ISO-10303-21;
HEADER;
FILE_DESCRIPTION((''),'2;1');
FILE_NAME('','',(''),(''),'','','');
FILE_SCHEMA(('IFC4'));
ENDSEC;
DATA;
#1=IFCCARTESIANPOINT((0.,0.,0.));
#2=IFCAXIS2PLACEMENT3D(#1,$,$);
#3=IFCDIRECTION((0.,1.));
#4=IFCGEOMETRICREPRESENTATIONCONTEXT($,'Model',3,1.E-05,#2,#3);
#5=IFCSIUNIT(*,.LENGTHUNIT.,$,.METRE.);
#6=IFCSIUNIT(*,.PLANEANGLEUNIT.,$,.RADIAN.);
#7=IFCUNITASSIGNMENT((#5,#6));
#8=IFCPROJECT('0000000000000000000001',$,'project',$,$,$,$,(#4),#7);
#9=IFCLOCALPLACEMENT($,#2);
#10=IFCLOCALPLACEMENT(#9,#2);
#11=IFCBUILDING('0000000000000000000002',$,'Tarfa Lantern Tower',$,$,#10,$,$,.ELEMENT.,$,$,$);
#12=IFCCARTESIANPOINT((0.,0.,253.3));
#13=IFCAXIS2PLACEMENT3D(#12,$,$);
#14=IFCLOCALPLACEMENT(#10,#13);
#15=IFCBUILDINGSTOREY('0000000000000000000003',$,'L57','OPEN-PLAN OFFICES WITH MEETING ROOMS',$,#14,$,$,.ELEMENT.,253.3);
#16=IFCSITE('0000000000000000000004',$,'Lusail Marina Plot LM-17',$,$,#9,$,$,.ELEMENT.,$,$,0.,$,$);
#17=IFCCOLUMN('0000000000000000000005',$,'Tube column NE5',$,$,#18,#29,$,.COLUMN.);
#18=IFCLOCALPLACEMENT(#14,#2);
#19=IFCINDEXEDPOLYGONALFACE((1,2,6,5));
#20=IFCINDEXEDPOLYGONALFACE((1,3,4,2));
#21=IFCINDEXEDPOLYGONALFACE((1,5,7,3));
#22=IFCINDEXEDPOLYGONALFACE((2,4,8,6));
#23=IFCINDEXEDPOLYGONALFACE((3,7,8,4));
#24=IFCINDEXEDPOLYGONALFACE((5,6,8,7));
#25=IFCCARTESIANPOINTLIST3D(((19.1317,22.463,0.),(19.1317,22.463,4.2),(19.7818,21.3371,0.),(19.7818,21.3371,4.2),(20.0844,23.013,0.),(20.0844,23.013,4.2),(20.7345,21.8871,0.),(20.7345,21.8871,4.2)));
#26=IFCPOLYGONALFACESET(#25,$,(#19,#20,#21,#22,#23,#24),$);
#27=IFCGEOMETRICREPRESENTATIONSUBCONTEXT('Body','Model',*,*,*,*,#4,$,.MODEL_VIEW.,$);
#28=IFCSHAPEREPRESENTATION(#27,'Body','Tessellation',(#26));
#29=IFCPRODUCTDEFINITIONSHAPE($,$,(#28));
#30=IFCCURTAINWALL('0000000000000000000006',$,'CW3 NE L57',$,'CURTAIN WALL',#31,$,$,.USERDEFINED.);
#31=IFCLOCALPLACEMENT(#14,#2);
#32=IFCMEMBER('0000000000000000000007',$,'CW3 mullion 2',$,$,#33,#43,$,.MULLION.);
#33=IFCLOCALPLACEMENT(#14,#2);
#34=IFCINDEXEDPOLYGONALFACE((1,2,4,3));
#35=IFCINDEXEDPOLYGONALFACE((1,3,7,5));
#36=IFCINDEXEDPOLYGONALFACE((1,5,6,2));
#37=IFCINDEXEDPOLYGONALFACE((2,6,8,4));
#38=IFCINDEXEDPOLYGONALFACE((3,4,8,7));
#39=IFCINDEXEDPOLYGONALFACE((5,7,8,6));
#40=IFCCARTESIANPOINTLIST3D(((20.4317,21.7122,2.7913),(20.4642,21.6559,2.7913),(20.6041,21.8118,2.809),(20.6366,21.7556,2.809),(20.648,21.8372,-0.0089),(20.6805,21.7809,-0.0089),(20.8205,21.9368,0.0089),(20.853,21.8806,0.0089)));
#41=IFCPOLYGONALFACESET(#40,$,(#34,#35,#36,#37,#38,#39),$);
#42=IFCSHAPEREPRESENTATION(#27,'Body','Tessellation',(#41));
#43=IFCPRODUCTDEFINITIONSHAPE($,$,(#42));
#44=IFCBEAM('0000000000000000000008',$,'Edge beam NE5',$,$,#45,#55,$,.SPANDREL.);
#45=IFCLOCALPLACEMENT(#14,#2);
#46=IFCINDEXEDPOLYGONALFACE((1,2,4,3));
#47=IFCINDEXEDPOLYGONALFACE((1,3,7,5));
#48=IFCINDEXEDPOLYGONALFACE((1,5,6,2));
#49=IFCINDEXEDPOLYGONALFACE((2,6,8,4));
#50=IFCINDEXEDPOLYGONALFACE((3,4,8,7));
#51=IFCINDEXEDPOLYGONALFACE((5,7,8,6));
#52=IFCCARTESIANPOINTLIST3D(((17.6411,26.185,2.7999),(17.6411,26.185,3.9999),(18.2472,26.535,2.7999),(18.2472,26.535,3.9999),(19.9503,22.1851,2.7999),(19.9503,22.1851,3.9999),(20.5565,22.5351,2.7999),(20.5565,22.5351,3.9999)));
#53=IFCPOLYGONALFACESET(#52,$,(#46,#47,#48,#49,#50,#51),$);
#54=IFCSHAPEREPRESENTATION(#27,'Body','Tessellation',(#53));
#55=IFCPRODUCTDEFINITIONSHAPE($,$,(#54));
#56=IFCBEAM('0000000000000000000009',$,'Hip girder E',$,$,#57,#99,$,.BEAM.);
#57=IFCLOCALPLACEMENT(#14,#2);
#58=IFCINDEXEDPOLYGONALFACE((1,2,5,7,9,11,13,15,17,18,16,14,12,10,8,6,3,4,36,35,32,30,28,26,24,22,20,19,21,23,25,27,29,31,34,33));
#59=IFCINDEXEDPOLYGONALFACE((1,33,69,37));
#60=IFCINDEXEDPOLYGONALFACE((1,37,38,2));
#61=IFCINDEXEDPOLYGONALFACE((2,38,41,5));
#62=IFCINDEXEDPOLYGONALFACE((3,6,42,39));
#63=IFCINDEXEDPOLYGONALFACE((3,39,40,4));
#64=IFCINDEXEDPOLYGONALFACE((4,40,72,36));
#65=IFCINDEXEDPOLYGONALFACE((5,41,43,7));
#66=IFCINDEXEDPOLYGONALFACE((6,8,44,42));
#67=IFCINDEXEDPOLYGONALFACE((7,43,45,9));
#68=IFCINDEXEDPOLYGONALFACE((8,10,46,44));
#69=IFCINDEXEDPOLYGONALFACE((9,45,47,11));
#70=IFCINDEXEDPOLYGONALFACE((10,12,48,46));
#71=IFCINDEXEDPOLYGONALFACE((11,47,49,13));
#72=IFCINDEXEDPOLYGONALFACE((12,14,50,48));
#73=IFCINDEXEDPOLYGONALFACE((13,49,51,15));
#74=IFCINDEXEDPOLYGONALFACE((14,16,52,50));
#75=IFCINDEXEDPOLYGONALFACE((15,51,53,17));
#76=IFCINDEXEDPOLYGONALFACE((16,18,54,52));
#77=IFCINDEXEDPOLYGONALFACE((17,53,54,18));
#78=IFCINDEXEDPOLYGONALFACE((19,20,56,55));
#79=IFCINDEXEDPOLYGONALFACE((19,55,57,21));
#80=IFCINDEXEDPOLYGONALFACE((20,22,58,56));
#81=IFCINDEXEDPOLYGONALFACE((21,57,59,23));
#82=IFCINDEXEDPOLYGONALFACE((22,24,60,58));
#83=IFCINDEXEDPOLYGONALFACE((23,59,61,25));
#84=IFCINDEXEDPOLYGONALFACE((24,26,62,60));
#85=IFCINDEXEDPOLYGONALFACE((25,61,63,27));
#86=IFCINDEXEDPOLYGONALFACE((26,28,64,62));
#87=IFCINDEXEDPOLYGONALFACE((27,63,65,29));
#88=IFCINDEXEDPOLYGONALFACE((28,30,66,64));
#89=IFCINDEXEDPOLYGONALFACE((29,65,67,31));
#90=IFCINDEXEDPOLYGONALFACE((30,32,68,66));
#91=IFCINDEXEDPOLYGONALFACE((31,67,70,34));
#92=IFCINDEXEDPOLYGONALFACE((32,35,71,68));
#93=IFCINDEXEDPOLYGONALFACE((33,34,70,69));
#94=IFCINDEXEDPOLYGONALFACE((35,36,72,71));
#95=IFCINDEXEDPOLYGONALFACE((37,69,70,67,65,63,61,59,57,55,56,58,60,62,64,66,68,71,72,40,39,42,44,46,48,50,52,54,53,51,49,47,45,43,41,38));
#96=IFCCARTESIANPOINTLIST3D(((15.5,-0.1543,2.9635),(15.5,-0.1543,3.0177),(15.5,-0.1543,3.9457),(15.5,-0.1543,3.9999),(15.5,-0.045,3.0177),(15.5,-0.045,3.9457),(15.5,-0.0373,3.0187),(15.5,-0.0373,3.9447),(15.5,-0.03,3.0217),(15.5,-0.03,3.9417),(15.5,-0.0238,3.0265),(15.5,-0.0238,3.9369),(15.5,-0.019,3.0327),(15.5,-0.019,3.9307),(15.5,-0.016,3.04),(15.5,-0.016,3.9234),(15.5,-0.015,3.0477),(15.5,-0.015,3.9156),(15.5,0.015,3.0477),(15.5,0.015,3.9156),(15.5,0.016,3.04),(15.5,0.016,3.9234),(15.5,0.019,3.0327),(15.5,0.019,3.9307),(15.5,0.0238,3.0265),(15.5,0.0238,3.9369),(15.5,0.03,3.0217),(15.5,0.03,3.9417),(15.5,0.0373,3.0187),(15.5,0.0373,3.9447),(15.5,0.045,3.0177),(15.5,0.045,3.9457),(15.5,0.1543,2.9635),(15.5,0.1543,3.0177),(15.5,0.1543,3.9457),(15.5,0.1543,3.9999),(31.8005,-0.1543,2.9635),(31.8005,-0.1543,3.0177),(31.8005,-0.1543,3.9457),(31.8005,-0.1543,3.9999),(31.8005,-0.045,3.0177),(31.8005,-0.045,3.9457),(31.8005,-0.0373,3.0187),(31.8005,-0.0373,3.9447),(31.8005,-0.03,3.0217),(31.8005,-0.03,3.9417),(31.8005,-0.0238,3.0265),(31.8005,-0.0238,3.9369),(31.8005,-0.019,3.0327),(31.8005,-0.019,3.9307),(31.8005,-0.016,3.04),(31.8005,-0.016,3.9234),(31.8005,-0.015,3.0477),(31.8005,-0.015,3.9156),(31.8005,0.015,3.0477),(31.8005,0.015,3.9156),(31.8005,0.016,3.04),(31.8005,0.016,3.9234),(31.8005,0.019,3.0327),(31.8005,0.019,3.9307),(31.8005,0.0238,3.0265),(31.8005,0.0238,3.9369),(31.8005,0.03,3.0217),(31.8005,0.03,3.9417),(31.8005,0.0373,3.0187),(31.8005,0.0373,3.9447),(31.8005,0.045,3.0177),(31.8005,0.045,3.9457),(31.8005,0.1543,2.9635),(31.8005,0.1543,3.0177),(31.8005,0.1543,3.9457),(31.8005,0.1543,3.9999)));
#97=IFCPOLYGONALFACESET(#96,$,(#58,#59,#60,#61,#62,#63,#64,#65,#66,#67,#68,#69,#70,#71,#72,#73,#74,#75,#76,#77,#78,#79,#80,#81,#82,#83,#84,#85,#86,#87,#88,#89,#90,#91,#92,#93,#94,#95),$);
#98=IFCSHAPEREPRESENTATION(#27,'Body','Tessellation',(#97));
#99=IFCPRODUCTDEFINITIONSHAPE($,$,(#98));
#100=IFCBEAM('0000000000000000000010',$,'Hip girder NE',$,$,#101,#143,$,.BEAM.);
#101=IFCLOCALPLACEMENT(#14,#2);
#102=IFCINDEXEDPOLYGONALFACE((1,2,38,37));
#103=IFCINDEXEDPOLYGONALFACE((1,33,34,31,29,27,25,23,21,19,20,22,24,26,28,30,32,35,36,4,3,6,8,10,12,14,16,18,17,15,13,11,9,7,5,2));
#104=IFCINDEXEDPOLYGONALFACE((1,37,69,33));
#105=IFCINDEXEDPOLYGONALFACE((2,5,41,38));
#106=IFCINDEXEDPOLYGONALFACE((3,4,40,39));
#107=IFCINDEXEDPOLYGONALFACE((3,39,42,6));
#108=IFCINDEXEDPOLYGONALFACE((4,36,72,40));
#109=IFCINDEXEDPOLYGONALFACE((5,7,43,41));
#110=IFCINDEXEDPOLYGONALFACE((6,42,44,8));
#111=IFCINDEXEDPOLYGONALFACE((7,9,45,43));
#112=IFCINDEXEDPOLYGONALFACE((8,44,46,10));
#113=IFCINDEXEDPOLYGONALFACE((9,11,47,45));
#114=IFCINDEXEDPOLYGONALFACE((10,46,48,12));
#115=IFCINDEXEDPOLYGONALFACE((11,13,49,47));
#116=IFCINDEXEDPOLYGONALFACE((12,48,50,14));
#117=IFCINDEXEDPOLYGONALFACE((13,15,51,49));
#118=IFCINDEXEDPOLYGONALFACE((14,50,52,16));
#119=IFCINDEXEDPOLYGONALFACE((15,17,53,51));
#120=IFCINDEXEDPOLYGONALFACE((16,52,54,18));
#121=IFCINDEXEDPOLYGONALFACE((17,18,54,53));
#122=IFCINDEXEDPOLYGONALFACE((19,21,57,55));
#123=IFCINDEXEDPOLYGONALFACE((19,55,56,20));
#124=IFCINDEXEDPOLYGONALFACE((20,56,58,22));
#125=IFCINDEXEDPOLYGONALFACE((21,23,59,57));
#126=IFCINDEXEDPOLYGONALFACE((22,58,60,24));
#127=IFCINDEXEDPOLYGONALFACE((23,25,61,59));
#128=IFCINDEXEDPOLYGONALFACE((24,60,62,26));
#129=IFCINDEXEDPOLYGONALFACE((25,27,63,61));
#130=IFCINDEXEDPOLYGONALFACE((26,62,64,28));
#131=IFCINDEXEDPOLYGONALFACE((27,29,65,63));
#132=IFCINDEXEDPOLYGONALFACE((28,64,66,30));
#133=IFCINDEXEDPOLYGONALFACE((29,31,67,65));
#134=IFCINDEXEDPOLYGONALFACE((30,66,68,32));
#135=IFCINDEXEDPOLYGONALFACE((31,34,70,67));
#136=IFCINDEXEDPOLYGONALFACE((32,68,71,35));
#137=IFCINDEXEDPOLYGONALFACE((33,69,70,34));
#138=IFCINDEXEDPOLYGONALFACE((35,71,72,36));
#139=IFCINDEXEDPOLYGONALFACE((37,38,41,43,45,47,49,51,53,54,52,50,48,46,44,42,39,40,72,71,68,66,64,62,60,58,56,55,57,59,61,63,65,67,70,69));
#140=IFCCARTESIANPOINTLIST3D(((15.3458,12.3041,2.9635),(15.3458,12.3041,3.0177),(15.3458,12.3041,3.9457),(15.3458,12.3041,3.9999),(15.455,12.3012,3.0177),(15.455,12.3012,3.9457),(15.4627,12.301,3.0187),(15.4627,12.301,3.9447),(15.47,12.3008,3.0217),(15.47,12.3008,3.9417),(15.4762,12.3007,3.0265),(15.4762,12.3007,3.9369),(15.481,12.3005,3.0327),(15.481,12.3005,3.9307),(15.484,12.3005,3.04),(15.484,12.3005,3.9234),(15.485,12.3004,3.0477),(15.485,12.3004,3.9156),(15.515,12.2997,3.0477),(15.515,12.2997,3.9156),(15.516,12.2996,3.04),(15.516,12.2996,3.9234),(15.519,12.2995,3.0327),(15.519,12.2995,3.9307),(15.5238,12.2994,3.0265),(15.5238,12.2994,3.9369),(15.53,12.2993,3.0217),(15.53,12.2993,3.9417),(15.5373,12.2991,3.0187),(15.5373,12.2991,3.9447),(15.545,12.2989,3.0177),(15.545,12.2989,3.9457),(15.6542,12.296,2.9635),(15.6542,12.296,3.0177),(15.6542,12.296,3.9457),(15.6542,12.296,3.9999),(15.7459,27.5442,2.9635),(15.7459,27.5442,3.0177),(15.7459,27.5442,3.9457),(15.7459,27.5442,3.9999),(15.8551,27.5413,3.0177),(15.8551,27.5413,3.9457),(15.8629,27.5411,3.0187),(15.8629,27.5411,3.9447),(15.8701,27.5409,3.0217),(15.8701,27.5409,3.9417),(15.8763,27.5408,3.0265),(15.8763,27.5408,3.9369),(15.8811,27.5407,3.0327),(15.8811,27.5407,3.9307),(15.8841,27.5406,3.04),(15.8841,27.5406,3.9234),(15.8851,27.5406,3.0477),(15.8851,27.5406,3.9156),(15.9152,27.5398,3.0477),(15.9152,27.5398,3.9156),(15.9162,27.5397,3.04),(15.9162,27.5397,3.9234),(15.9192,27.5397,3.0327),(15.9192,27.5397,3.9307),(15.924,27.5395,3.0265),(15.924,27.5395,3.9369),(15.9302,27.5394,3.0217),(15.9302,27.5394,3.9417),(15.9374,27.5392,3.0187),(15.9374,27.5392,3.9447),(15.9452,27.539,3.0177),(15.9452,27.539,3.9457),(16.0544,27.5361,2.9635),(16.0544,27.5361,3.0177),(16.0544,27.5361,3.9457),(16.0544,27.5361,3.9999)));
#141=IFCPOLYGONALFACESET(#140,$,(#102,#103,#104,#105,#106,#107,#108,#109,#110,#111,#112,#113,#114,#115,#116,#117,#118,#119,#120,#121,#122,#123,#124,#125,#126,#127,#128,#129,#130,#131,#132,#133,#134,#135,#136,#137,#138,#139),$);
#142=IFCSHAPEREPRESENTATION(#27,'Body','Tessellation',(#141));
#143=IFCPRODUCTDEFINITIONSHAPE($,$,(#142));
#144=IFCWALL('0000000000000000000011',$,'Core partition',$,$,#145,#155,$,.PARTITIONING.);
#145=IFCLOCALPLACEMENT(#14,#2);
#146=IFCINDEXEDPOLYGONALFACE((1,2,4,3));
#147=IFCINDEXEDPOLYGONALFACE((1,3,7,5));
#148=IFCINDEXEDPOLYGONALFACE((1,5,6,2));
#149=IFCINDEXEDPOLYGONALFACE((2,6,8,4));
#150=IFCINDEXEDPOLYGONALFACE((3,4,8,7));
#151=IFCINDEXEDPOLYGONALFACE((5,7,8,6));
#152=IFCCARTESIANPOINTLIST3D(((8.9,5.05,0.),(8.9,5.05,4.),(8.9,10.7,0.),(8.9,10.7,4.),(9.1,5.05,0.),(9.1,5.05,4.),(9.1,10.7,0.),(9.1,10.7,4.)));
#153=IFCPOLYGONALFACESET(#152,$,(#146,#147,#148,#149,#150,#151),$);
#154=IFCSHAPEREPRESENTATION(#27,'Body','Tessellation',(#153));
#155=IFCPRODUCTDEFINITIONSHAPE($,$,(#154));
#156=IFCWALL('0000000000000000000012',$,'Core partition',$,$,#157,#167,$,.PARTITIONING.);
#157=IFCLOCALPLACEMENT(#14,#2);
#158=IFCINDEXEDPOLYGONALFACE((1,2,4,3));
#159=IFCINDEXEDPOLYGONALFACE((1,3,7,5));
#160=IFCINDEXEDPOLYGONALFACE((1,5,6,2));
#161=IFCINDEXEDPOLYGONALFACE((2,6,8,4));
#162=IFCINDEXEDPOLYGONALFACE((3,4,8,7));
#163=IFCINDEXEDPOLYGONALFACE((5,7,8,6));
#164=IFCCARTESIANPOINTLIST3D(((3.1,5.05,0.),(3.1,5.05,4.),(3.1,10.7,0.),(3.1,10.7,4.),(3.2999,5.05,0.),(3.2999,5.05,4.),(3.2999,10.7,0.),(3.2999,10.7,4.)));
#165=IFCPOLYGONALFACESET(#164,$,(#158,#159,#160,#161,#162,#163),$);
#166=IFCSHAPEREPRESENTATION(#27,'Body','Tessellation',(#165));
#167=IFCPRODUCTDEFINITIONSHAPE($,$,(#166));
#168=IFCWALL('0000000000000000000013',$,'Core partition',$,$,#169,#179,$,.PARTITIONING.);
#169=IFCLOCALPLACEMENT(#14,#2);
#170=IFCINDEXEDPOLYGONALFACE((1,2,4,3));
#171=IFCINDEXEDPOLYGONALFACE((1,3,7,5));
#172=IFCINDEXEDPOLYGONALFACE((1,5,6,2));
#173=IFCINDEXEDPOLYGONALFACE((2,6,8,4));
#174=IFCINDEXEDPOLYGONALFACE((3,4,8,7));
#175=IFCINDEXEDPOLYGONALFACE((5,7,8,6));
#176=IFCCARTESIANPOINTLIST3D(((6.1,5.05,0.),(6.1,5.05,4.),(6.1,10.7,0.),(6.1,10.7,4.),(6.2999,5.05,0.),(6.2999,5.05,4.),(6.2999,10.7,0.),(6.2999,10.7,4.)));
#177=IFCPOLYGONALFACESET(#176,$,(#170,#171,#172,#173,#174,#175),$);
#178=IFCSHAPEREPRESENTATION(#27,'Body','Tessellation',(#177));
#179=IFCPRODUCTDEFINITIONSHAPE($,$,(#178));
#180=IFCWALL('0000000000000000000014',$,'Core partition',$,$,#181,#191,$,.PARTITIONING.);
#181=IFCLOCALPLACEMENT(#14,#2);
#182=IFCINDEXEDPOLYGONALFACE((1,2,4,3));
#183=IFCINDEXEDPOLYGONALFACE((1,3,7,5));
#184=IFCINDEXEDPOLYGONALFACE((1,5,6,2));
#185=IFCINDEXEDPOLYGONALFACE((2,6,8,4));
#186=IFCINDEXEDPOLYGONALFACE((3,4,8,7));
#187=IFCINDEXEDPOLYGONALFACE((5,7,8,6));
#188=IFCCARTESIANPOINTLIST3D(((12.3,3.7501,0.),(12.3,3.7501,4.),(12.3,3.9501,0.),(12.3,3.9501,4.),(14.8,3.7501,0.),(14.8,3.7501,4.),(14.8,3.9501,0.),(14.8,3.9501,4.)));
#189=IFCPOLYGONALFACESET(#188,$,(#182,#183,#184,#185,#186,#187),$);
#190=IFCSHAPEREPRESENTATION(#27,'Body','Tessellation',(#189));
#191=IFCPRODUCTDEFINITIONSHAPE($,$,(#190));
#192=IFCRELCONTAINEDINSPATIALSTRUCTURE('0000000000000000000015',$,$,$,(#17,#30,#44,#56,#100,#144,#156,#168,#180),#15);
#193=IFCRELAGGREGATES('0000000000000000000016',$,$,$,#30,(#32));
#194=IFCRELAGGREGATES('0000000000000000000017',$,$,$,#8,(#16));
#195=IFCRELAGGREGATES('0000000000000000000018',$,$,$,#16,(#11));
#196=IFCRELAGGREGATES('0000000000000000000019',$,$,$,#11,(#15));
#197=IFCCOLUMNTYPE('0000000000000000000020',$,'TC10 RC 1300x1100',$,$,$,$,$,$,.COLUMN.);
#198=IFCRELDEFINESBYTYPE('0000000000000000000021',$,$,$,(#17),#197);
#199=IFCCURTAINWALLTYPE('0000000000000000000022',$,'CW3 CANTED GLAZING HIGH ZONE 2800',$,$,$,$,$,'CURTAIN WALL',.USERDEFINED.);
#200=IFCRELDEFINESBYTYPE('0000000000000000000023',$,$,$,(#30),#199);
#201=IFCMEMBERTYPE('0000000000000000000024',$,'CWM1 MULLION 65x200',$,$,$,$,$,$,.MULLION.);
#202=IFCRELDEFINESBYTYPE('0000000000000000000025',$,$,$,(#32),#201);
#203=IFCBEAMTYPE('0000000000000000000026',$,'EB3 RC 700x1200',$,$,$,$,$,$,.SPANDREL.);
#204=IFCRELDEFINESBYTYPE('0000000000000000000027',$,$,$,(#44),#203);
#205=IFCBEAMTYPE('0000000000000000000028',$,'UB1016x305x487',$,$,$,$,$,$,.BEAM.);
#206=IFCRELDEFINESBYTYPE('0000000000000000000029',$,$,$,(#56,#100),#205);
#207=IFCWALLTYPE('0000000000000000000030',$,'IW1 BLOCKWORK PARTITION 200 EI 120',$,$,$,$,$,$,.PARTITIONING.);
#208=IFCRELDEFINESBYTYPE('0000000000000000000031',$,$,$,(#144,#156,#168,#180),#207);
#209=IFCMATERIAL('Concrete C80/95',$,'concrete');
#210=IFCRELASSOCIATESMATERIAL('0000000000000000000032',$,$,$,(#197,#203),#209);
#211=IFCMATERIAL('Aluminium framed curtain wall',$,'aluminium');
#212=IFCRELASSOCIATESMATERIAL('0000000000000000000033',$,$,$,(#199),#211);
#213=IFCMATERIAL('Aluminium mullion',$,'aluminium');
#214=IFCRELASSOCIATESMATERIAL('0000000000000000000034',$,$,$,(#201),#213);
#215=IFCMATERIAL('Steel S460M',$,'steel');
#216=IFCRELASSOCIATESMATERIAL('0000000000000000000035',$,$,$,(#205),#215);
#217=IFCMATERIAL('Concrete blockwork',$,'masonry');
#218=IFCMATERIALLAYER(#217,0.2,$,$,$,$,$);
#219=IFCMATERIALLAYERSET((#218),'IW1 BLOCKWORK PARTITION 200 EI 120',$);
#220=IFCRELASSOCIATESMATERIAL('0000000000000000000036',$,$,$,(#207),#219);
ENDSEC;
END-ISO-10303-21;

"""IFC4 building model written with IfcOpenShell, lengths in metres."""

from ifc_helpers import new_model, si_unit, direction, frame, frame_2d, origin, origin_2d, place, context, subcontext, project, spatial, rectangle, i_section, extrude, material, layer, layer_set, material_profile, profile_set, type_object, element, aggregate, save


model = new_model("IFC4")

# Units and contexts
model_context = context("Model", 3, precision=1e-05, world=origin(), true_north=direction((0.0, 1.0)))
body_context = subcontext(model_context, "Body", "Model", "MODEL_VIEW")
ifc_project = project(units=[si_unit("LENGTHUNIT", "METRE"), si_unit("PLANEANGLEUNIT", "RADIAN")], contexts=[model_context])

# Site, building, storey
site_placement = place(None, origin())
site = spatial("IfcSite", under=ifc_project, at=site_placement, Name="Lusail Marina Plot LM-17", CompositionType="ELEMENT", RefElevation=0.0)
building_placement = place(site_placement, origin())
building = spatial("IfcBuilding", under=site, at=building_placement, Name="Tarfa Lantern Tower", CompositionType="ELEMENT")
storey_placement = place(building_placement, frame((0.0, 0.0, 253.3)))
storey = spatial("IfcBuildingStorey", under=building, at=storey_placement, Name="L57", Description="OPEN-PLAN OFFICES WITH MEETING ROOMS", CompositionType="ELEMENT", Elevation=253.3)

# Column
ifc_material_1 = material(Name="Concrete C80/95", Category="concrete")
ifc_material_profile_1 = material_profile(ifc_material_1, rectangle(XDim=1.3, YDim=1.1001, at=origin_2d()), Name="RC 1300x1100")
ifc_profile_set_1 = profile_set([ifc_material_profile_1], Name="Concrete C80/95")
column_type = type_object("IfcColumnType", Name="TC10 RC 1300x1100", PredefinedType="COLUMN", material=ifc_profile_set_1)
column_placement = place(storey_placement, frame((19.9331, 22.175, 0.0), z_axis=(0.0, 0.0, 1.0), x_axis=(-0.5, 0.866025, 0.0)))
element("IfcColumn", 1, at=column_placement, inside=storey, type_object=column_type, Name="Tube column NE5", PredefinedType="COLUMN", context=body_context, shape_type="SweptSolid", body=[
    extrude(rectangle(XDim=1.3, YDim=1.1001, at=origin_2d()), origin(), (0.0, 0.0, 1.0), 4.2),
])

# Curtain wall, member
ifc_material_2 = material(Name="Aluminium framed curtain wall", Category="aluminium")
curtain_wall_type = type_object("IfcCurtainWallType", Name="CW3 CANTED GLAZING HIGH ZONE 2800", ElementType="CURTAIN WALL", PredefinedType="USERDEFINED", material=ifc_material_2)
curtain_wall_placement = place(storey_placement, origin())
curtain_wall = element("IfcCurtainWall", 2, at=curtain_wall_placement, inside=storey, type_object=curtain_wall_type, Name="CW3 NE L57", ObjectType="CURTAIN WALL", PredefinedType="USERDEFINED")
ifc_material_3 = material(Name="Aluminium mullion", Category="aluminium")
ifc_material_profile_2 = material_profile(ifc_material_3, rectangle(XDim=0.0649, YDim=0.2, at=origin_2d()), Name="AL MULLION 65x200")
ifc_profile_set_2 = profile_set([ifc_material_profile_2], Name="Aluminium mullion")
member_type = type_object("IfcMemberType", Name="CWM1 MULLION 65x200", PredefinedType="MULLION", material=ifc_profile_set_2)
member_placement = place(storey_placement, frame((20.7505, 21.8589, 0.0), z_axis=(-0.076946, -0.044465, 0.996043), x_axis=(0.500343, -0.865827, 0.0)))
member = element("IfcMember", 3, at=member_placement, type_object=member_type, Name="CW3 mullion 2", PredefinedType="MULLION", context=body_context, shape_type="SweptSolid", body=[
    extrude(rectangle(XDim=0.0649, YDim=0.2, at=origin_2d()), origin(), (0.0, 0.0, 1.0), 2.8113),
])
aggregate(curtain_wall, [member])

# Beams
ifc_material_profile_3 = material_profile(ifc_material_1, rectangle(XDim=0.7, YDim=1.2, at=origin_2d()), Name="RC 700x1200")
ifc_profile_set_3 = profile_set([ifc_material_profile_3], Name="Concrete C80/95")
beam_type_1 = type_object("IfcBeamType", Name="EB3 RC 700x1200", PredefinedType="SPANDREL", material=ifc_profile_set_3)
beam_1_placement = place(storey_placement, frame((20.2534, 22.3601, 3.3999), z_axis=(-0.499988, 0.866032, 0.0), x_axis=(-0.866032, -0.499988, 0.0)))
element("IfcBeam", 4, at=beam_1_placement, inside=storey, type_object=beam_type_1, Name="Edge beam NE5", PredefinedType="SPANDREL", context=body_context, shape_type="SweptSolid", body=[
    extrude(rectangle(XDim=0.7, YDim=1.2, at=origin_2d()), origin(), (0.0, 0.0, 1.0), 4.6187),
])
ifc_material_4 = material(Name="Steel S460M", Category="steel")
ifc_material_profile_4 = material_profile(ifc_material_4, i_section(OverallWidth=0.3086, OverallDepth=1.0364, WebThickness=0.03, FlangeThickness=0.0542, FilletRadius=0.03, at=origin_2d()), Name="UB1016x305x487")
ifc_profile_set_4 = profile_set([ifc_material_profile_4], Name="Steel S460M")
beam_type_2 = type_object("IfcBeamType", Name="UB1016x305x487", PredefinedType="BEAM", material=ifc_profile_set_4)
beam_2_placement = place(storey_placement, frame((15.5, 0.0, 3.4817), z_axis=(1.0, 0.0, 0.0), x_axis=(0.0, 1.0, 0.0)))
element("IfcBeam", 5, at=beam_2_placement, inside=storey, type_object=beam_type_2, Name="Hip girder E", PredefinedType="BEAM", context=body_context, shape_type="SweptSolid", body=[
    extrude(i_section(OverallWidth=0.3086, OverallDepth=1.0364, WebThickness=0.03, FlangeThickness=0.0542, FilletRadius=0.03, at=origin_2d()), origin(), (0.0, 0.0, 1.0), 16.3005),
])
beam_3_placement = place(storey_placement, frame((15.5, 12.3, 3.4817), z_axis=(0.026247, 0.999655, 0.0), x_axis=(-0.999655, 0.026247, 0.0)))
element("IfcBeam", 6, at=beam_3_placement, inside=storey, type_object=beam_type_2, Name="Hip girder NE", PredefinedType="BEAM", context=body_context, shape_type="SweptSolid", body=[
    extrude(i_section(OverallWidth=0.3086, OverallDepth=1.0364, WebThickness=0.03, FlangeThickness=0.0542, FilletRadius=0.03, at=origin_2d()), origin(), (0.0, 0.0, 1.0), 15.2454),
])

# Walls
ifc_material_5 = material(Name="Concrete blockwork", Category="masonry")
ifc_layer_1 = layer(ifc_material_5, 0.2)
ifc_layer_set_1 = layer_set([ifc_layer_1], Name="IW1 BLOCKWORK PARTITION 200 EI 120")
wall_type_1 = type_object("IfcWallType", Name="IW1 BLOCKWORK PARTITION 200 EI 120", PredefinedType="PARTITIONING", material=ifc_layer_set_1)
for number, where, z_axis, x_axis, name in (
    (7, (9.0, 5.05, 0.0), (0.0, 0.0, 1.0), (0.0, 1.0, 0.0), "Core partition"),
    (8, (3.2, 5.05, 0.0), (0.0, 0.0, 1.0), (0.0, 1.0, 0.0), "Core partition"),
    (9, (6.2, 5.05, 0.0), (0.0, 0.0, 1.0), (0.0, 1.0, 0.0), "Core partition"),
):
    element("IfcWall", number, at=place(storey_placement, frame(where, z_axis=z_axis, x_axis=x_axis)), inside=storey, type_object=wall_type_1, Name=name, PredefinedType="PARTITIONING", context=body_context, shape_type="SweptSolid", body=[
        extrude(rectangle(XDim=5.6499, YDim=0.2, at=frame_2d((2.825, 0.0))), origin(), (0.0, 0.0, 1.0), 4.0),
    ])
wall_1_placement = place(storey_placement, frame((12.3, 3.8501, 0.0), z_axis=(0.0, 0.0, 1.0), x_axis=(1.0, 0.0, 0.0)))
element("IfcWall", 10, at=wall_1_placement, inside=storey, type_object=wall_type_1, Name="Core partition", PredefinedType="PARTITIONING", context=body_context, shape_type="SweptSolid", body=[
    extrude(rectangle(XDim=2.5, YDim=0.2, at=frame_2d((1.25, 0.0))), origin(), (0.0, 0.0, 1.0), 4.0),
])

save(model, "model.ifc")
